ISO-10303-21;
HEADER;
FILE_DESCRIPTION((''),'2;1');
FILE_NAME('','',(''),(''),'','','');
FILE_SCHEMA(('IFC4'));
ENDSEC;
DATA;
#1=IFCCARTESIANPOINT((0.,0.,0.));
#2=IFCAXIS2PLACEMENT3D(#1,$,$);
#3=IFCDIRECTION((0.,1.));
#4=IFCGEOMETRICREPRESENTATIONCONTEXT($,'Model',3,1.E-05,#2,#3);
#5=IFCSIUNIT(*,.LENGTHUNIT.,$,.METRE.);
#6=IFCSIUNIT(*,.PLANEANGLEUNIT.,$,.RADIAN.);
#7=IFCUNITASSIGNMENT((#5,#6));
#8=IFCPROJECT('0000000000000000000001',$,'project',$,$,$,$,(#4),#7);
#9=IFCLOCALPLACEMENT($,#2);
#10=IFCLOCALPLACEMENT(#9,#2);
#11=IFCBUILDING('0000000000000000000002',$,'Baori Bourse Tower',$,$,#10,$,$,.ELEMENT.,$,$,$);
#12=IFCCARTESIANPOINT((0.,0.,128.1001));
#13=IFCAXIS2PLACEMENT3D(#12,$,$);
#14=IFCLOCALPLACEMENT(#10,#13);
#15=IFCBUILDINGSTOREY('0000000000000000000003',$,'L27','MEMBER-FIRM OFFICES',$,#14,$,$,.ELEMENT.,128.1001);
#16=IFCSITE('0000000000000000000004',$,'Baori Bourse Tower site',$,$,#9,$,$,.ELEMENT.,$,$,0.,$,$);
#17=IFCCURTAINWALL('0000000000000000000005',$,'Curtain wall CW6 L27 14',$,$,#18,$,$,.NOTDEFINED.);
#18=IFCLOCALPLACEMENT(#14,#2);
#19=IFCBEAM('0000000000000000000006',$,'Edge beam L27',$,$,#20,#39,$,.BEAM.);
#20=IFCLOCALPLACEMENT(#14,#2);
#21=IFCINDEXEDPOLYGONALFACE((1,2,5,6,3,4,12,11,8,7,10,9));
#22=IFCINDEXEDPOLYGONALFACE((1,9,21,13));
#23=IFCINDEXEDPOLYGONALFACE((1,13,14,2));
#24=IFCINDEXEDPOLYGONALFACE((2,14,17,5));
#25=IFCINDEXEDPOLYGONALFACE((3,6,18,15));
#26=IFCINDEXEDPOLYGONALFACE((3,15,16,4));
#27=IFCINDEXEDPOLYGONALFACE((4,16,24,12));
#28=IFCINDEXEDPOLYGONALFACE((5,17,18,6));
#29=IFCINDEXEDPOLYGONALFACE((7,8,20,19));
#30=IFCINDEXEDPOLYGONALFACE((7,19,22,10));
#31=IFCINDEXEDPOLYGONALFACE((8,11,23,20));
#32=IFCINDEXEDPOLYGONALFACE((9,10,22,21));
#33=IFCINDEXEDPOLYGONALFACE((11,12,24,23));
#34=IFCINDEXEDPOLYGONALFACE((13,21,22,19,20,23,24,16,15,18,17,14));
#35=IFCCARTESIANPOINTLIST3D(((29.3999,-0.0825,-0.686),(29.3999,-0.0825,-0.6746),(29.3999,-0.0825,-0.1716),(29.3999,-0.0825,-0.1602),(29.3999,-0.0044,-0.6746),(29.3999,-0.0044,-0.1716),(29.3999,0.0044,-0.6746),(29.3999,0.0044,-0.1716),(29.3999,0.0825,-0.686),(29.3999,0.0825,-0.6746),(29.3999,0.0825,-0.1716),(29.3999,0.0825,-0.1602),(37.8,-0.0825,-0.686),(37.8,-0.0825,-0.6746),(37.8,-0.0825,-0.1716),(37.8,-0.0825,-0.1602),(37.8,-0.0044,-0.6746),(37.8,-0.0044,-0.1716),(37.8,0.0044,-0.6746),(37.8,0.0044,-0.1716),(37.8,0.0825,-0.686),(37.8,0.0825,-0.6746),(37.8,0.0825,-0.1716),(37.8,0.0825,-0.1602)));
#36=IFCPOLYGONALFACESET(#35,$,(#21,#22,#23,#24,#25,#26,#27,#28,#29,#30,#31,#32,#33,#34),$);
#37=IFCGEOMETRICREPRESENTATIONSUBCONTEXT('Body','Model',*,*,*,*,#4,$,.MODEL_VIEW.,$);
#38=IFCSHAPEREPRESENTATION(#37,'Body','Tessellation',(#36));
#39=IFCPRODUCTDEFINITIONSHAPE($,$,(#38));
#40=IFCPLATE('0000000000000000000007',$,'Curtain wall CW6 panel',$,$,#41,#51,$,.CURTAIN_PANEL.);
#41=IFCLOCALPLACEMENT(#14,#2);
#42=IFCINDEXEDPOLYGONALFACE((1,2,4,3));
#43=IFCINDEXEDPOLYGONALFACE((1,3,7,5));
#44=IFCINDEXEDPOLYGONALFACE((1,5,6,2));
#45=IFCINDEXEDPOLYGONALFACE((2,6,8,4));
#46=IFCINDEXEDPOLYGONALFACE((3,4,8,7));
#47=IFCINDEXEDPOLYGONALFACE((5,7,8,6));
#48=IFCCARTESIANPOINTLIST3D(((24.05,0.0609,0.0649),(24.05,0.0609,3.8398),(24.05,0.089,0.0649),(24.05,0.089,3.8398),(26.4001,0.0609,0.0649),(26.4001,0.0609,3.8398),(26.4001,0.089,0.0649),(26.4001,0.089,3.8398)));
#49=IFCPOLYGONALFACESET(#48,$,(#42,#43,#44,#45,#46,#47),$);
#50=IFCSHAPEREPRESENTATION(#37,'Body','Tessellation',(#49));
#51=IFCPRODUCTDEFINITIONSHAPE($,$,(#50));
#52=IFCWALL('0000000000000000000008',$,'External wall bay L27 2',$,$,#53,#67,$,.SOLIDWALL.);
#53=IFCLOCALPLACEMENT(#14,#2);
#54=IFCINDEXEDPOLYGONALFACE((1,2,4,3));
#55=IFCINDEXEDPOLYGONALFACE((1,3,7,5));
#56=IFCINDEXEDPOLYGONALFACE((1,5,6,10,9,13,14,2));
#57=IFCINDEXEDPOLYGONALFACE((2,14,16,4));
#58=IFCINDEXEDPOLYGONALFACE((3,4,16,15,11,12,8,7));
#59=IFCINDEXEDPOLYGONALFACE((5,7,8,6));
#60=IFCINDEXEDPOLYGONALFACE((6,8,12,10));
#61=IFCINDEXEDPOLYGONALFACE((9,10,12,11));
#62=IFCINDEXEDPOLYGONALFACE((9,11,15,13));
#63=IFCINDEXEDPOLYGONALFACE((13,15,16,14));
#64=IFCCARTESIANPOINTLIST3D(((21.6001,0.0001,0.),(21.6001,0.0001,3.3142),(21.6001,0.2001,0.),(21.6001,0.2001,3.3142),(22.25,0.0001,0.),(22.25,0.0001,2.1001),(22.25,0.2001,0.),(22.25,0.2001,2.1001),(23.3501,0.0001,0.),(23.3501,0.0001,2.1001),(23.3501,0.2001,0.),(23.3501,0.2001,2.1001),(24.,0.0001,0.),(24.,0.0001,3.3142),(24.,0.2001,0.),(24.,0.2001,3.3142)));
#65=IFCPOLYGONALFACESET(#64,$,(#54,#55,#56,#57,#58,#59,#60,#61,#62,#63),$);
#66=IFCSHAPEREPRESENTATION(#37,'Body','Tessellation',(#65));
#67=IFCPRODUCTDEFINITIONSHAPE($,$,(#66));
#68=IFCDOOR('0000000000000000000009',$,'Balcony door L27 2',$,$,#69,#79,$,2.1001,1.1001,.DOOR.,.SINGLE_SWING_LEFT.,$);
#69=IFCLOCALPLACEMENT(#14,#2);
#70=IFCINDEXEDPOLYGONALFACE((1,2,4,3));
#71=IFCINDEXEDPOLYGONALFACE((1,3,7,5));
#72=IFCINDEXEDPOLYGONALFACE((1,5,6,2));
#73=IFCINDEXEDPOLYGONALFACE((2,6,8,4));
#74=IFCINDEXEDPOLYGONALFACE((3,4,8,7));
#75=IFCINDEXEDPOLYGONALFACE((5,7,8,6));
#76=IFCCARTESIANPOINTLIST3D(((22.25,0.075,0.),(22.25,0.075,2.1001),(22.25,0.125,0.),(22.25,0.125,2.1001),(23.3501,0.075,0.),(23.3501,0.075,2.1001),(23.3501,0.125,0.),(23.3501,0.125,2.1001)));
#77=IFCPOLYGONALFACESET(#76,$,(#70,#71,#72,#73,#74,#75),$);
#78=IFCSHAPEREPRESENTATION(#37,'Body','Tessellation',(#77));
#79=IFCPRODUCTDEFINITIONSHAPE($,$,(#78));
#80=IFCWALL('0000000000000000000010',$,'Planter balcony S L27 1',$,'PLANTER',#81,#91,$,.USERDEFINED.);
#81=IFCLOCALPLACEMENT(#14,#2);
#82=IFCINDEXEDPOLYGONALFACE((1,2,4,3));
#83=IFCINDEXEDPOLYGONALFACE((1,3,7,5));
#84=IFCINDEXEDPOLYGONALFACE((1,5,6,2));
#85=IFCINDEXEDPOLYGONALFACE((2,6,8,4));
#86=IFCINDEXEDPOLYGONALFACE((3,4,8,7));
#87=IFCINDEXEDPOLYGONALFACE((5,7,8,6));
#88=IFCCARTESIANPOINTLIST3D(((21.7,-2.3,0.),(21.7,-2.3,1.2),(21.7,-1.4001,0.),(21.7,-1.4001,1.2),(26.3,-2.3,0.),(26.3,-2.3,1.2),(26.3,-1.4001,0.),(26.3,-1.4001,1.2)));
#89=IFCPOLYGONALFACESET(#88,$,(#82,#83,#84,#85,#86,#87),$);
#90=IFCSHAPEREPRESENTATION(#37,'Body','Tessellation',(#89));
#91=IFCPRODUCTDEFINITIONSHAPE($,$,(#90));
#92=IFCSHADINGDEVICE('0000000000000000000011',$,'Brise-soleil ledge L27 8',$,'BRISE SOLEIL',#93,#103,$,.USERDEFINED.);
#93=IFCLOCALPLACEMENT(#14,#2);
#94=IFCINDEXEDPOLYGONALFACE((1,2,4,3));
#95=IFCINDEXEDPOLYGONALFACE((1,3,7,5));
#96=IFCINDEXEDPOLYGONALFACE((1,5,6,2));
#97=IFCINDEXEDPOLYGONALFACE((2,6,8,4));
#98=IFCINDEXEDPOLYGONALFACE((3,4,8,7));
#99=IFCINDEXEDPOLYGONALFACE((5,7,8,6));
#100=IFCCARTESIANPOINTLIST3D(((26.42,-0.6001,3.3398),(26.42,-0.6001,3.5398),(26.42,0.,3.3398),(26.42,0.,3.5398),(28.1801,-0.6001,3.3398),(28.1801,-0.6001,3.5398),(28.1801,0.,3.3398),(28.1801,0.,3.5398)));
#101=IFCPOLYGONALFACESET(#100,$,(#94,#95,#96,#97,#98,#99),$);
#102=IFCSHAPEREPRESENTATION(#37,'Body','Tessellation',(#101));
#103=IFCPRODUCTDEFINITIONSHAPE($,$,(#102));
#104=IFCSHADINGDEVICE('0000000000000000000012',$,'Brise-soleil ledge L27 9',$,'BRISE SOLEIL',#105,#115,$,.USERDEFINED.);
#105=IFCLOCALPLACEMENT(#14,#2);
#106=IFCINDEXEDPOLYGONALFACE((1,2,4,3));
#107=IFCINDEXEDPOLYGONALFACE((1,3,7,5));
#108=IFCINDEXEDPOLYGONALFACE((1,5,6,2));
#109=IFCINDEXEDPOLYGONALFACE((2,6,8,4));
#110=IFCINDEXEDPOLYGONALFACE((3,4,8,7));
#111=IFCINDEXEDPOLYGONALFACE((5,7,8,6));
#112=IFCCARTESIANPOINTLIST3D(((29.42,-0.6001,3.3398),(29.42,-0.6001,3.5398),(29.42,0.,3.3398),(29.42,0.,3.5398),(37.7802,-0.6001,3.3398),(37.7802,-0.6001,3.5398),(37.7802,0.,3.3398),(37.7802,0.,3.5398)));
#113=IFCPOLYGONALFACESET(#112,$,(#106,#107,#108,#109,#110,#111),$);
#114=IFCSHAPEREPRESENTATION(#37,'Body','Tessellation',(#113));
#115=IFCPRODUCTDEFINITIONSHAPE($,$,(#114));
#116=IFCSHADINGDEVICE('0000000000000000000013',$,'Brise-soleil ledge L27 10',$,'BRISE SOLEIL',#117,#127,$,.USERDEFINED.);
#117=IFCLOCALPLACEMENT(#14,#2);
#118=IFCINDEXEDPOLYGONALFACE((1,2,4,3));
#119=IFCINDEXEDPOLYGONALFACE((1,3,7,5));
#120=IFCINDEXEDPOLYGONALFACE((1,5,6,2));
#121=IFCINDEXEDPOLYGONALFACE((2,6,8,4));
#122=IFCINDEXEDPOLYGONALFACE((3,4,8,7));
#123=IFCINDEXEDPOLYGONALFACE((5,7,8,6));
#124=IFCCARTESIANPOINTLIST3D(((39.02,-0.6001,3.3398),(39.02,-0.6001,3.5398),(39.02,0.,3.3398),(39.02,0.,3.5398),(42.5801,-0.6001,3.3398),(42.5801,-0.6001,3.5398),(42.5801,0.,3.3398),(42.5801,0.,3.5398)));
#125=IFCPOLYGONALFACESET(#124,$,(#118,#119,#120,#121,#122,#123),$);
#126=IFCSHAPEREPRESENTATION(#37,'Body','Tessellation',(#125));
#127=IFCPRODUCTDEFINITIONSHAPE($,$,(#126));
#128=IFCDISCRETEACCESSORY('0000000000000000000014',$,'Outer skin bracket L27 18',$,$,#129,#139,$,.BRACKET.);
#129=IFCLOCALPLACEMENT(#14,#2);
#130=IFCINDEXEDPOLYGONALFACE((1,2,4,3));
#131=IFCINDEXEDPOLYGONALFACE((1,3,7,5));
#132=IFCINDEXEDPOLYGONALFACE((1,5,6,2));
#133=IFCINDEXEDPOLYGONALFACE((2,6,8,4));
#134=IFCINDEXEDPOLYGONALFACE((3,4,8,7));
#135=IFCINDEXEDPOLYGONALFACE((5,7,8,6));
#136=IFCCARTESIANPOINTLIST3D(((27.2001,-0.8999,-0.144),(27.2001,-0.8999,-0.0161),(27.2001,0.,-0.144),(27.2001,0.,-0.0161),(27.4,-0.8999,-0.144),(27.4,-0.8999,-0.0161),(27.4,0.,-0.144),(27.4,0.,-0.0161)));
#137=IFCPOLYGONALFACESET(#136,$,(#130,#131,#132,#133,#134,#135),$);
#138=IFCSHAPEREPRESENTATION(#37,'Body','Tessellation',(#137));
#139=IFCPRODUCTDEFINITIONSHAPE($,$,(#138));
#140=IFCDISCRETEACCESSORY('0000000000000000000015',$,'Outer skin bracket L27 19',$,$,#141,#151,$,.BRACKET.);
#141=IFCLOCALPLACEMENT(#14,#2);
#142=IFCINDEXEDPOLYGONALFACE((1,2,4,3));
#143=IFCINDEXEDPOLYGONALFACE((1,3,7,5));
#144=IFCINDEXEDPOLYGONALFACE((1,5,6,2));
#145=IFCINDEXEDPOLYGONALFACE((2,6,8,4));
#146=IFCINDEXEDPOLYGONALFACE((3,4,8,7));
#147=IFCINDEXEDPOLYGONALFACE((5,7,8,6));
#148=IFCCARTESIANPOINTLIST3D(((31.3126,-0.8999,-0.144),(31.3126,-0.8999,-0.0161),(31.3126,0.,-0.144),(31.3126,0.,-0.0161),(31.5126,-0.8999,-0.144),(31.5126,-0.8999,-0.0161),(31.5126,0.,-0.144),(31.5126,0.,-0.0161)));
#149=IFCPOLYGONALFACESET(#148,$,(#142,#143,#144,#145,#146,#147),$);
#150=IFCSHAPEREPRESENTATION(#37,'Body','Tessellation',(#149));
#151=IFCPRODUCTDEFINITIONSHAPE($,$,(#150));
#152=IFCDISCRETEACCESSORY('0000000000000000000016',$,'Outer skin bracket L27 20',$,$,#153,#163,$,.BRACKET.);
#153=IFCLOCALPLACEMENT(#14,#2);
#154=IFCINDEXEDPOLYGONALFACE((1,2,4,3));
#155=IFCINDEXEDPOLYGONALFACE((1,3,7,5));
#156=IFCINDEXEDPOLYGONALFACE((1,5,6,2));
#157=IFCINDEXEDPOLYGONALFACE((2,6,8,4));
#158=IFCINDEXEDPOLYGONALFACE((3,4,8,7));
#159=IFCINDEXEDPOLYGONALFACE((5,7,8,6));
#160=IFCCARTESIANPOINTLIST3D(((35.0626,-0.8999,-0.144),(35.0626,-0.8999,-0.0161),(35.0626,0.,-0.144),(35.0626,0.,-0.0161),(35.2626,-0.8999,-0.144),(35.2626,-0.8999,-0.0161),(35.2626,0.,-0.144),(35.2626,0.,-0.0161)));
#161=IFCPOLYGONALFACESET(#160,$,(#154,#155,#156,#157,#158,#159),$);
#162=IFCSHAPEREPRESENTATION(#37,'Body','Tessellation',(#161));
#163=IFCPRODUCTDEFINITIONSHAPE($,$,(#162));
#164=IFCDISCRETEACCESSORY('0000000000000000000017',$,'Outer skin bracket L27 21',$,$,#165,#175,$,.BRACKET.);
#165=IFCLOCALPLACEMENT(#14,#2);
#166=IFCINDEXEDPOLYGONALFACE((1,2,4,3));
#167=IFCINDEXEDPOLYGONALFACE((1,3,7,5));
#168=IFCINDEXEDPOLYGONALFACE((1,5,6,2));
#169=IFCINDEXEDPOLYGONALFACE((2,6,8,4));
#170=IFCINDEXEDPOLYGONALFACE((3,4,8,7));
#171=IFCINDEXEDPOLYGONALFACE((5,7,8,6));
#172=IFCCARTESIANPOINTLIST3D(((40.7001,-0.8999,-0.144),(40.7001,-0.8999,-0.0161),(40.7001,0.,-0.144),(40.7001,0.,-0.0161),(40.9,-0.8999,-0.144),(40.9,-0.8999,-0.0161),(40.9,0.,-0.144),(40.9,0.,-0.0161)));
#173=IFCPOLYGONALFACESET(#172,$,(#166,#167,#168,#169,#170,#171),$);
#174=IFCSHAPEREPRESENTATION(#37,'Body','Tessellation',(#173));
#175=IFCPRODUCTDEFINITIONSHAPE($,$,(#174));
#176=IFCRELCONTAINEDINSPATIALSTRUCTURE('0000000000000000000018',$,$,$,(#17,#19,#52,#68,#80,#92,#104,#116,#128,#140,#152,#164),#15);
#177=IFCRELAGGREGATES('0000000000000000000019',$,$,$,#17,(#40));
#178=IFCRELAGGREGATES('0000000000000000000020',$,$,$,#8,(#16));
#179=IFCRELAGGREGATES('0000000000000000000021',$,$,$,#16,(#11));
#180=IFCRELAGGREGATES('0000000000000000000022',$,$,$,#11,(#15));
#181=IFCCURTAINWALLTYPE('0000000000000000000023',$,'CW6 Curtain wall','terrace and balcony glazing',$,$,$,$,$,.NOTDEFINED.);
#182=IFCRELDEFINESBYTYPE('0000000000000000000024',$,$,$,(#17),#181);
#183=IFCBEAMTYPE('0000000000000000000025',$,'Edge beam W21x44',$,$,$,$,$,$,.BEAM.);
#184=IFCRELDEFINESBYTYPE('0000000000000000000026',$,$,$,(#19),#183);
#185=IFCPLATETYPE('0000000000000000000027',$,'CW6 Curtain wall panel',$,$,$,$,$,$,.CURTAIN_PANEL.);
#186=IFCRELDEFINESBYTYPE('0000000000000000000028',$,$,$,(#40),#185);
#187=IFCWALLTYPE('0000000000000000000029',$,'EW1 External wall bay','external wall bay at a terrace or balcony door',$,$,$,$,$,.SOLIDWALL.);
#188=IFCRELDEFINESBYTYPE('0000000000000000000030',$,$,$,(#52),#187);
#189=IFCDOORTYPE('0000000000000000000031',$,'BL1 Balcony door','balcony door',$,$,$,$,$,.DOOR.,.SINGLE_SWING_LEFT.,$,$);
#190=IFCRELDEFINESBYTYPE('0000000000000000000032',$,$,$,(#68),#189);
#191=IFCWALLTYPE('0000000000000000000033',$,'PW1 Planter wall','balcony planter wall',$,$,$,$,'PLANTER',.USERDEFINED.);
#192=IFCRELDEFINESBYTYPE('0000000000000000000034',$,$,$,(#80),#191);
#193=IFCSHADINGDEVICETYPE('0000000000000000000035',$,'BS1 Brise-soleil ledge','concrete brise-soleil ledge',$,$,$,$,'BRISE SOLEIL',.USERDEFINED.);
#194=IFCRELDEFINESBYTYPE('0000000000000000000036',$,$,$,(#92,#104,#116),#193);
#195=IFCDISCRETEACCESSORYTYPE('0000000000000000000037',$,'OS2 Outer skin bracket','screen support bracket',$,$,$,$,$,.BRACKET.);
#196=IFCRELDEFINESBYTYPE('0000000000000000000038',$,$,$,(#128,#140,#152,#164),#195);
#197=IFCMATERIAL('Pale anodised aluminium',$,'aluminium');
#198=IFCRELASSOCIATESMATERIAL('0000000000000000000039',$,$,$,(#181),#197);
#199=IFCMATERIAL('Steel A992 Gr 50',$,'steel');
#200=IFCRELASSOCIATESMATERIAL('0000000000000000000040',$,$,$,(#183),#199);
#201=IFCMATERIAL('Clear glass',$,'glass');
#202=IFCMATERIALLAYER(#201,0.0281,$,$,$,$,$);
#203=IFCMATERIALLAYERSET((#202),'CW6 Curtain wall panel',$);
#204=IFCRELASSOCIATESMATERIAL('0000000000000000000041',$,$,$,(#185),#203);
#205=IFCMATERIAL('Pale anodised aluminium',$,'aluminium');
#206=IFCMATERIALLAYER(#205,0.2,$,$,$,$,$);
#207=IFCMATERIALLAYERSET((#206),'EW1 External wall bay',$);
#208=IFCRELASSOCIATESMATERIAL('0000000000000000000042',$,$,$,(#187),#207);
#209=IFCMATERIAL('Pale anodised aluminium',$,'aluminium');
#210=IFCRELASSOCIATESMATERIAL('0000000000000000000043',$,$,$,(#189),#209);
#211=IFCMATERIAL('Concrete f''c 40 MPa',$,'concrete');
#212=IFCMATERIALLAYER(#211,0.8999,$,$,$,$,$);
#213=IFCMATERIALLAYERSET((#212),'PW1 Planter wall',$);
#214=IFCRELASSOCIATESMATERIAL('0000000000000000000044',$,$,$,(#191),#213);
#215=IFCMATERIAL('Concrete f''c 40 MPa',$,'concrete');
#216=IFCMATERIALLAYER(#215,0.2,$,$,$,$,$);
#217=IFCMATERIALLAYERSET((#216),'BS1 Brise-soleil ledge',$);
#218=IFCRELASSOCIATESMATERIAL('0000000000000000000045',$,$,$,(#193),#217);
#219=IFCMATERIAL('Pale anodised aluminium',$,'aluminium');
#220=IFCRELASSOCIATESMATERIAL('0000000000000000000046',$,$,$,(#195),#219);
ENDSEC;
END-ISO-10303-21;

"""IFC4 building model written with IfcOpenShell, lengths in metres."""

from ifc_helpers import new_model, si_unit, direction, frame, frame_2d, origin, origin_2d, place, context, subcontext, project, spatial, rectangle, i_section, extrude, material, layer, layer_set, material_profile, profile_set, type_object, element, fill, aggregate, save


model = new_model("IFC4")

# Units and contexts
model_context = context("Model", 3, precision=1e-05, world=origin(), true_north=direction((0.0, 1.0)))
body_context = subcontext(model_context, "Body", "Model", "MODEL_VIEW")
ifc_project = project(units=[si_unit("LENGTHUNIT", "METRE"), si_unit("PLANEANGLEUNIT", "RADIAN")], contexts=[model_context])

# Site, building, storey
site_placement = place(None, origin())
site = spatial("IfcSite", under=ifc_project, at=site_placement, Name="Baori Bourse Tower site", CompositionType="ELEMENT", RefElevation=0.0)
building_placement = place(site_placement, origin())
building = spatial("IfcBuilding", under=site, at=building_placement, Name="Baori Bourse Tower", CompositionType="ELEMENT")
storey_placement = place(building_placement, frame((0.0, 0.0, 128.1001)))
storey = spatial("IfcBuildingStorey", under=building, at=storey_placement, Name="L27", Description="MEMBER-FIRM OFFICES", CompositionType="ELEMENT", Elevation=128.1001)

# Curtain wall
ifc_material_1 = material(Name="Pale anodised aluminium", Category="aluminium")
curtain_wall_type = type_object("IfcCurtainWallType", Name="CW6 Curtain wall", Description="terrace and balcony glazing", PredefinedType="NOTDEFINED", material=ifc_material_1)
curtain_wall_placement = place(storey_placement, origin())
curtain_wall = element("IfcCurtainWall", 1, at=curtain_wall_placement, inside=storey, type_object=curtain_wall_type, Name="Curtain wall CW6 L27 14", PredefinedType="NOTDEFINED")

# Beam
ifc_material_2 = material(Name="Steel A992 Gr 50", Category="steel")
ifc_material_profile_1 = material_profile(ifc_material_2, i_section(OverallWidth=0.165, OverallDepth=0.5259, WebThickness=0.0088, FlangeThickness=0.0115, at=origin_2d()), Name="W21x44")
ifc_profile_set_1 = profile_set([ifc_material_profile_1], Name="Steel A992 Gr 50")
beam_type_1 = type_object("IfcBeamType", Name="Edge beam W21x44", PredefinedType="BEAM", material=ifc_profile_set_1)
beam_1_placement = place(storey_placement, frame((29.3999, 0.0, -0.4231), z_axis=(1.0, 0.0, 0.0), x_axis=(0.0, 1.0, 0.0)))
element("IfcBeam", 2, at=beam_1_placement, inside=storey, type_object=beam_type_1, Name="Edge beam L27", PredefinedType="BEAM", context=body_context, shape_type="SweptSolid", body=[
    extrude(i_section(OverallWidth=0.165, OverallDepth=0.5259, WebThickness=0.0088, FlangeThickness=0.0115, at=origin_2d()), origin(), (0.0, 0.0, 1.0), 8.4001),
])

# Plate
ifc_material_3 = material(Name="Clear glass", Category="glass")
ifc_layer_1 = layer(ifc_material_3, 0.0281)
ifc_layer_set_1 = layer_set([ifc_layer_1], Name="CW6 Curtain wall panel")
plate_type = type_object("IfcPlateType", Name="CW6 Curtain wall panel", PredefinedType="CURTAIN_PANEL", material=ifc_layer_set_1)
plate_placement = place(storey_placement, frame((25.2251, 0.075, 0.0649), z_axis=(0.0, 0.0, 1.0), x_axis=(1.0, 0.0, 0.0)))
plate = element("IfcPlate", 3, at=plate_placement, type_object=plate_type, Name="Curtain wall CW6 panel", PredefinedType="CURTAIN_PANEL", context=body_context, shape_type="SweptSolid", body=[
    extrude(rectangle(XDim=2.3501, YDim=0.0281, at=origin_2d()), origin(), (0.0, 0.0, 1.0), 3.7749),
])
aggregate(curtain_wall, [plate])

# Wall, opening, door
ifc_material_4 = material(Name="Pale anodised aluminium", Category="aluminium")
ifc_layer_2 = layer(ifc_material_4, 0.2)
ifc_layer_set_2 = layer_set([ifc_layer_2], Name="EW1 External wall bay")
wall_type_1 = type_object("IfcWallType", Name="EW1 External wall bay", Description="external wall bay at a terrace or balcony door", PredefinedType="SOLIDWALL", material=ifc_layer_set_2)
wall_1_placement = place(storey_placement, frame((21.6001, 0.1001, 0.0), z_axis=(0.0, 0.0, 1.0), x_axis=(1.0, 0.0, 0.0)))
wall_1 = element("IfcWall", 4, at=wall_1_placement, inside=storey, type_object=wall_type_1, Name="External wall bay L27 2", PredefinedType="SOLIDWALL", context=body_context, shape_type="SweptSolid", body=[
    extrude(rectangle(XDim=2.3999, YDim=0.2, at=frame_2d((1.2, 0.0))), origin(), (0.0, 0.0, 1.0), 3.3142),
])
opening_placement = place(wall_1_placement, frame((0.6499, 0.0, 0.0)))
opening = element("IfcOpeningElement", 5, at=opening_placement, cuts=wall_1, PredefinedType="OPENING", context=body_context, shape_type="SweptSolid", body=[
    extrude(rectangle(XDim=1.1001, YDim=2.1001, at=frame_2d((0.55, 1.05))), frame((0.0, 0.1099, 0.0), z_axis=(0.0, -1.0, 0.0), x_axis=(1.0, 0.0, 0.0)), (0.0, 0.0, 1.0), 0.22),
])
ifc_material_5 = material(Name="Pale anodised aluminium", Category="aluminium")
door_type = type_object("IfcDoorType", Name="BL1 Balcony door", Description="balcony door", OperationType="SINGLE_SWING_LEFT", PredefinedType="DOOR", material=ifc_material_5)
door_placement = place(opening_placement, origin())
door = element("IfcDoor", 6, at=door_placement, inside=storey, type_object=door_type, Name="Balcony door L27 2", OperationType="SINGLE_SWING_LEFT", OverallHeight=2.1001, OverallWidth=1.1001, PredefinedType="DOOR", context=body_context, shape_type="SweptSolid", body=[
    extrude(rectangle(XDim=1.1001, YDim=2.1001, at=frame_2d((0.55, 1.05))), frame((0.0, 0.0249, 0.0), z_axis=(0.0, -1.0, 0.0), x_axis=(1.0, 0.0, 0.0)), (0.0, 0.0, 1.0), 0.05),
])
fill(opening, door)

# Wall
ifc_material_6 = material(Name="Concrete f'c 40 MPa", Category="concrete")
ifc_layer_3 = layer(ifc_material_6, 0.8999)
ifc_layer_set_3 = layer_set([ifc_layer_3], Name="PW1 Planter wall")
wall_type_2 = type_object("IfcWallType", Name="PW1 Planter wall", Description="balcony planter wall", ElementType="PLANTER", PredefinedType="USERDEFINED", material=ifc_layer_set_3)
wall_2_placement = place(storey_placement, frame((21.7, -1.8501, 0.0), z_axis=(0.0, 0.0, 1.0), x_axis=(1.0, 0.0, 0.0)))
element("IfcWall", 7, at=wall_2_placement, inside=storey, type_object=wall_type_2, Name="Planter balcony S L27 1", ObjectType="PLANTER", PredefinedType="USERDEFINED", context=body_context, shape_type="SweptSolid", body=[
    extrude(rectangle(XDim=4.6001, YDim=0.8999, at=frame_2d((2.3, 0.0))), origin(), (0.0, 0.0, 1.0), 1.2),
])

# Shading devices
ifc_material_7 = material(Name="Concrete f'c 40 MPa", Category="concrete")
ifc_layer_4 = layer(ifc_material_7, 0.2)
ifc_layer_set_4 = layer_set([ifc_layer_4], Name="BS1 Brise-soleil ledge")
shading_device_type = type_object("IfcShadingDeviceType", Name="BS1 Brise-soleil ledge", Description="concrete brise-soleil ledge", ElementType="BRISE SOLEIL", PredefinedType="USERDEFINED", material=ifc_layer_set_4)
shading_device_1_placement = place(storey_placement, frame((27.3, -0.3, 3.3398), z_axis=(0.0, 0.0, 1.0), x_axis=(1.0, 0.0, 0.0)))
element("IfcShadingDevice", 8, at=shading_device_1_placement, inside=storey, type_object=shading_device_type, Name="Brise-soleil ledge L27 8", ObjectType="BRISE SOLEIL", PredefinedType="USERDEFINED", context=body_context, shape_type="SweptSolid", body=[
    extrude(rectangle(XDim=1.76, YDim=0.6001, at=origin_2d()), origin(), (0.0, 0.0, 1.0), 0.2),
])
shading_device_2_placement = place(storey_placement, frame((33.6001, -0.3, 3.3398), z_axis=(0.0, 0.0, 1.0), x_axis=(1.0, 0.0, 0.0)))
element("IfcShadingDevice", 9, at=shading_device_2_placement, inside=storey, type_object=shading_device_type, Name="Brise-soleil ledge L27 9", ObjectType="BRISE SOLEIL", PredefinedType="USERDEFINED", context=body_context, shape_type="SweptSolid", body=[
    extrude(rectangle(XDim=8.3601, YDim=0.6001, at=origin_2d()), origin(), (0.0, 0.0, 1.0), 0.2),
])
shading_device_3_placement = place(storey_placement, frame((40.8, -0.3, 3.3398), z_axis=(0.0, 0.0, 1.0), x_axis=(1.0, 0.0, 0.0)))
element("IfcShadingDevice", 10, at=shading_device_3_placement, inside=storey, type_object=shading_device_type, Name="Brise-soleil ledge L27 10", ObjectType="BRISE SOLEIL", PredefinedType="USERDEFINED", context=body_context, shape_type="SweptSolid", body=[
    extrude(rectangle(XDim=3.5601, YDim=0.6001, at=origin_2d()), origin(), (0.0, 0.0, 1.0), 0.2),
])

# Discrete accessories
ifc_material_8 = material(Name="Pale anodised aluminium", Category="aluminium")
discrete_accessory_type = type_object("IfcDiscreteAccessoryType", Name="OS2 Outer skin bracket", Description="screen support bracket", PredefinedType="BRACKET", material=ifc_material_8)
for number, where, z_axis, x_axis, name in (
    (11, (27.3, -0.45, -0.144), (0.0, 0.0, 1.0), (1.0, 0.0, 0.0), "Outer skin bracket L27 18"),
    (12, (31.4126, -0.45, -0.144), (0.0, 0.0, 1.0), (1.0, 0.0, 0.0), "Outer skin bracket L27 19"),
    (13, (35.1626, -0.45, -0.144), (0.0, 0.0, 1.0), (1.0, 0.0, 0.0), "Outer skin bracket L27 20"),
    (14, (40.8, -0.45, -0.144), (0.0, 0.0, 1.0), (1.0, 0.0, 0.0), "Outer skin bracket L27 21"),
):
    element("IfcDiscreteAccessory", number, at=place(storey_placement, frame(where, z_axis=z_axis, x_axis=x_axis)), inside=storey, type_object=discrete_accessory_type, Name=name, PredefinedType="BRACKET", context=body_context, shape_type="SweptSolid", body=[
        extrude(rectangle(XDim=0.2, YDim=0.8999, at=origin_2d()), origin(), (0.0, 0.0, 1.0), 0.1279),
    ])

save(model, "model.ifc")
